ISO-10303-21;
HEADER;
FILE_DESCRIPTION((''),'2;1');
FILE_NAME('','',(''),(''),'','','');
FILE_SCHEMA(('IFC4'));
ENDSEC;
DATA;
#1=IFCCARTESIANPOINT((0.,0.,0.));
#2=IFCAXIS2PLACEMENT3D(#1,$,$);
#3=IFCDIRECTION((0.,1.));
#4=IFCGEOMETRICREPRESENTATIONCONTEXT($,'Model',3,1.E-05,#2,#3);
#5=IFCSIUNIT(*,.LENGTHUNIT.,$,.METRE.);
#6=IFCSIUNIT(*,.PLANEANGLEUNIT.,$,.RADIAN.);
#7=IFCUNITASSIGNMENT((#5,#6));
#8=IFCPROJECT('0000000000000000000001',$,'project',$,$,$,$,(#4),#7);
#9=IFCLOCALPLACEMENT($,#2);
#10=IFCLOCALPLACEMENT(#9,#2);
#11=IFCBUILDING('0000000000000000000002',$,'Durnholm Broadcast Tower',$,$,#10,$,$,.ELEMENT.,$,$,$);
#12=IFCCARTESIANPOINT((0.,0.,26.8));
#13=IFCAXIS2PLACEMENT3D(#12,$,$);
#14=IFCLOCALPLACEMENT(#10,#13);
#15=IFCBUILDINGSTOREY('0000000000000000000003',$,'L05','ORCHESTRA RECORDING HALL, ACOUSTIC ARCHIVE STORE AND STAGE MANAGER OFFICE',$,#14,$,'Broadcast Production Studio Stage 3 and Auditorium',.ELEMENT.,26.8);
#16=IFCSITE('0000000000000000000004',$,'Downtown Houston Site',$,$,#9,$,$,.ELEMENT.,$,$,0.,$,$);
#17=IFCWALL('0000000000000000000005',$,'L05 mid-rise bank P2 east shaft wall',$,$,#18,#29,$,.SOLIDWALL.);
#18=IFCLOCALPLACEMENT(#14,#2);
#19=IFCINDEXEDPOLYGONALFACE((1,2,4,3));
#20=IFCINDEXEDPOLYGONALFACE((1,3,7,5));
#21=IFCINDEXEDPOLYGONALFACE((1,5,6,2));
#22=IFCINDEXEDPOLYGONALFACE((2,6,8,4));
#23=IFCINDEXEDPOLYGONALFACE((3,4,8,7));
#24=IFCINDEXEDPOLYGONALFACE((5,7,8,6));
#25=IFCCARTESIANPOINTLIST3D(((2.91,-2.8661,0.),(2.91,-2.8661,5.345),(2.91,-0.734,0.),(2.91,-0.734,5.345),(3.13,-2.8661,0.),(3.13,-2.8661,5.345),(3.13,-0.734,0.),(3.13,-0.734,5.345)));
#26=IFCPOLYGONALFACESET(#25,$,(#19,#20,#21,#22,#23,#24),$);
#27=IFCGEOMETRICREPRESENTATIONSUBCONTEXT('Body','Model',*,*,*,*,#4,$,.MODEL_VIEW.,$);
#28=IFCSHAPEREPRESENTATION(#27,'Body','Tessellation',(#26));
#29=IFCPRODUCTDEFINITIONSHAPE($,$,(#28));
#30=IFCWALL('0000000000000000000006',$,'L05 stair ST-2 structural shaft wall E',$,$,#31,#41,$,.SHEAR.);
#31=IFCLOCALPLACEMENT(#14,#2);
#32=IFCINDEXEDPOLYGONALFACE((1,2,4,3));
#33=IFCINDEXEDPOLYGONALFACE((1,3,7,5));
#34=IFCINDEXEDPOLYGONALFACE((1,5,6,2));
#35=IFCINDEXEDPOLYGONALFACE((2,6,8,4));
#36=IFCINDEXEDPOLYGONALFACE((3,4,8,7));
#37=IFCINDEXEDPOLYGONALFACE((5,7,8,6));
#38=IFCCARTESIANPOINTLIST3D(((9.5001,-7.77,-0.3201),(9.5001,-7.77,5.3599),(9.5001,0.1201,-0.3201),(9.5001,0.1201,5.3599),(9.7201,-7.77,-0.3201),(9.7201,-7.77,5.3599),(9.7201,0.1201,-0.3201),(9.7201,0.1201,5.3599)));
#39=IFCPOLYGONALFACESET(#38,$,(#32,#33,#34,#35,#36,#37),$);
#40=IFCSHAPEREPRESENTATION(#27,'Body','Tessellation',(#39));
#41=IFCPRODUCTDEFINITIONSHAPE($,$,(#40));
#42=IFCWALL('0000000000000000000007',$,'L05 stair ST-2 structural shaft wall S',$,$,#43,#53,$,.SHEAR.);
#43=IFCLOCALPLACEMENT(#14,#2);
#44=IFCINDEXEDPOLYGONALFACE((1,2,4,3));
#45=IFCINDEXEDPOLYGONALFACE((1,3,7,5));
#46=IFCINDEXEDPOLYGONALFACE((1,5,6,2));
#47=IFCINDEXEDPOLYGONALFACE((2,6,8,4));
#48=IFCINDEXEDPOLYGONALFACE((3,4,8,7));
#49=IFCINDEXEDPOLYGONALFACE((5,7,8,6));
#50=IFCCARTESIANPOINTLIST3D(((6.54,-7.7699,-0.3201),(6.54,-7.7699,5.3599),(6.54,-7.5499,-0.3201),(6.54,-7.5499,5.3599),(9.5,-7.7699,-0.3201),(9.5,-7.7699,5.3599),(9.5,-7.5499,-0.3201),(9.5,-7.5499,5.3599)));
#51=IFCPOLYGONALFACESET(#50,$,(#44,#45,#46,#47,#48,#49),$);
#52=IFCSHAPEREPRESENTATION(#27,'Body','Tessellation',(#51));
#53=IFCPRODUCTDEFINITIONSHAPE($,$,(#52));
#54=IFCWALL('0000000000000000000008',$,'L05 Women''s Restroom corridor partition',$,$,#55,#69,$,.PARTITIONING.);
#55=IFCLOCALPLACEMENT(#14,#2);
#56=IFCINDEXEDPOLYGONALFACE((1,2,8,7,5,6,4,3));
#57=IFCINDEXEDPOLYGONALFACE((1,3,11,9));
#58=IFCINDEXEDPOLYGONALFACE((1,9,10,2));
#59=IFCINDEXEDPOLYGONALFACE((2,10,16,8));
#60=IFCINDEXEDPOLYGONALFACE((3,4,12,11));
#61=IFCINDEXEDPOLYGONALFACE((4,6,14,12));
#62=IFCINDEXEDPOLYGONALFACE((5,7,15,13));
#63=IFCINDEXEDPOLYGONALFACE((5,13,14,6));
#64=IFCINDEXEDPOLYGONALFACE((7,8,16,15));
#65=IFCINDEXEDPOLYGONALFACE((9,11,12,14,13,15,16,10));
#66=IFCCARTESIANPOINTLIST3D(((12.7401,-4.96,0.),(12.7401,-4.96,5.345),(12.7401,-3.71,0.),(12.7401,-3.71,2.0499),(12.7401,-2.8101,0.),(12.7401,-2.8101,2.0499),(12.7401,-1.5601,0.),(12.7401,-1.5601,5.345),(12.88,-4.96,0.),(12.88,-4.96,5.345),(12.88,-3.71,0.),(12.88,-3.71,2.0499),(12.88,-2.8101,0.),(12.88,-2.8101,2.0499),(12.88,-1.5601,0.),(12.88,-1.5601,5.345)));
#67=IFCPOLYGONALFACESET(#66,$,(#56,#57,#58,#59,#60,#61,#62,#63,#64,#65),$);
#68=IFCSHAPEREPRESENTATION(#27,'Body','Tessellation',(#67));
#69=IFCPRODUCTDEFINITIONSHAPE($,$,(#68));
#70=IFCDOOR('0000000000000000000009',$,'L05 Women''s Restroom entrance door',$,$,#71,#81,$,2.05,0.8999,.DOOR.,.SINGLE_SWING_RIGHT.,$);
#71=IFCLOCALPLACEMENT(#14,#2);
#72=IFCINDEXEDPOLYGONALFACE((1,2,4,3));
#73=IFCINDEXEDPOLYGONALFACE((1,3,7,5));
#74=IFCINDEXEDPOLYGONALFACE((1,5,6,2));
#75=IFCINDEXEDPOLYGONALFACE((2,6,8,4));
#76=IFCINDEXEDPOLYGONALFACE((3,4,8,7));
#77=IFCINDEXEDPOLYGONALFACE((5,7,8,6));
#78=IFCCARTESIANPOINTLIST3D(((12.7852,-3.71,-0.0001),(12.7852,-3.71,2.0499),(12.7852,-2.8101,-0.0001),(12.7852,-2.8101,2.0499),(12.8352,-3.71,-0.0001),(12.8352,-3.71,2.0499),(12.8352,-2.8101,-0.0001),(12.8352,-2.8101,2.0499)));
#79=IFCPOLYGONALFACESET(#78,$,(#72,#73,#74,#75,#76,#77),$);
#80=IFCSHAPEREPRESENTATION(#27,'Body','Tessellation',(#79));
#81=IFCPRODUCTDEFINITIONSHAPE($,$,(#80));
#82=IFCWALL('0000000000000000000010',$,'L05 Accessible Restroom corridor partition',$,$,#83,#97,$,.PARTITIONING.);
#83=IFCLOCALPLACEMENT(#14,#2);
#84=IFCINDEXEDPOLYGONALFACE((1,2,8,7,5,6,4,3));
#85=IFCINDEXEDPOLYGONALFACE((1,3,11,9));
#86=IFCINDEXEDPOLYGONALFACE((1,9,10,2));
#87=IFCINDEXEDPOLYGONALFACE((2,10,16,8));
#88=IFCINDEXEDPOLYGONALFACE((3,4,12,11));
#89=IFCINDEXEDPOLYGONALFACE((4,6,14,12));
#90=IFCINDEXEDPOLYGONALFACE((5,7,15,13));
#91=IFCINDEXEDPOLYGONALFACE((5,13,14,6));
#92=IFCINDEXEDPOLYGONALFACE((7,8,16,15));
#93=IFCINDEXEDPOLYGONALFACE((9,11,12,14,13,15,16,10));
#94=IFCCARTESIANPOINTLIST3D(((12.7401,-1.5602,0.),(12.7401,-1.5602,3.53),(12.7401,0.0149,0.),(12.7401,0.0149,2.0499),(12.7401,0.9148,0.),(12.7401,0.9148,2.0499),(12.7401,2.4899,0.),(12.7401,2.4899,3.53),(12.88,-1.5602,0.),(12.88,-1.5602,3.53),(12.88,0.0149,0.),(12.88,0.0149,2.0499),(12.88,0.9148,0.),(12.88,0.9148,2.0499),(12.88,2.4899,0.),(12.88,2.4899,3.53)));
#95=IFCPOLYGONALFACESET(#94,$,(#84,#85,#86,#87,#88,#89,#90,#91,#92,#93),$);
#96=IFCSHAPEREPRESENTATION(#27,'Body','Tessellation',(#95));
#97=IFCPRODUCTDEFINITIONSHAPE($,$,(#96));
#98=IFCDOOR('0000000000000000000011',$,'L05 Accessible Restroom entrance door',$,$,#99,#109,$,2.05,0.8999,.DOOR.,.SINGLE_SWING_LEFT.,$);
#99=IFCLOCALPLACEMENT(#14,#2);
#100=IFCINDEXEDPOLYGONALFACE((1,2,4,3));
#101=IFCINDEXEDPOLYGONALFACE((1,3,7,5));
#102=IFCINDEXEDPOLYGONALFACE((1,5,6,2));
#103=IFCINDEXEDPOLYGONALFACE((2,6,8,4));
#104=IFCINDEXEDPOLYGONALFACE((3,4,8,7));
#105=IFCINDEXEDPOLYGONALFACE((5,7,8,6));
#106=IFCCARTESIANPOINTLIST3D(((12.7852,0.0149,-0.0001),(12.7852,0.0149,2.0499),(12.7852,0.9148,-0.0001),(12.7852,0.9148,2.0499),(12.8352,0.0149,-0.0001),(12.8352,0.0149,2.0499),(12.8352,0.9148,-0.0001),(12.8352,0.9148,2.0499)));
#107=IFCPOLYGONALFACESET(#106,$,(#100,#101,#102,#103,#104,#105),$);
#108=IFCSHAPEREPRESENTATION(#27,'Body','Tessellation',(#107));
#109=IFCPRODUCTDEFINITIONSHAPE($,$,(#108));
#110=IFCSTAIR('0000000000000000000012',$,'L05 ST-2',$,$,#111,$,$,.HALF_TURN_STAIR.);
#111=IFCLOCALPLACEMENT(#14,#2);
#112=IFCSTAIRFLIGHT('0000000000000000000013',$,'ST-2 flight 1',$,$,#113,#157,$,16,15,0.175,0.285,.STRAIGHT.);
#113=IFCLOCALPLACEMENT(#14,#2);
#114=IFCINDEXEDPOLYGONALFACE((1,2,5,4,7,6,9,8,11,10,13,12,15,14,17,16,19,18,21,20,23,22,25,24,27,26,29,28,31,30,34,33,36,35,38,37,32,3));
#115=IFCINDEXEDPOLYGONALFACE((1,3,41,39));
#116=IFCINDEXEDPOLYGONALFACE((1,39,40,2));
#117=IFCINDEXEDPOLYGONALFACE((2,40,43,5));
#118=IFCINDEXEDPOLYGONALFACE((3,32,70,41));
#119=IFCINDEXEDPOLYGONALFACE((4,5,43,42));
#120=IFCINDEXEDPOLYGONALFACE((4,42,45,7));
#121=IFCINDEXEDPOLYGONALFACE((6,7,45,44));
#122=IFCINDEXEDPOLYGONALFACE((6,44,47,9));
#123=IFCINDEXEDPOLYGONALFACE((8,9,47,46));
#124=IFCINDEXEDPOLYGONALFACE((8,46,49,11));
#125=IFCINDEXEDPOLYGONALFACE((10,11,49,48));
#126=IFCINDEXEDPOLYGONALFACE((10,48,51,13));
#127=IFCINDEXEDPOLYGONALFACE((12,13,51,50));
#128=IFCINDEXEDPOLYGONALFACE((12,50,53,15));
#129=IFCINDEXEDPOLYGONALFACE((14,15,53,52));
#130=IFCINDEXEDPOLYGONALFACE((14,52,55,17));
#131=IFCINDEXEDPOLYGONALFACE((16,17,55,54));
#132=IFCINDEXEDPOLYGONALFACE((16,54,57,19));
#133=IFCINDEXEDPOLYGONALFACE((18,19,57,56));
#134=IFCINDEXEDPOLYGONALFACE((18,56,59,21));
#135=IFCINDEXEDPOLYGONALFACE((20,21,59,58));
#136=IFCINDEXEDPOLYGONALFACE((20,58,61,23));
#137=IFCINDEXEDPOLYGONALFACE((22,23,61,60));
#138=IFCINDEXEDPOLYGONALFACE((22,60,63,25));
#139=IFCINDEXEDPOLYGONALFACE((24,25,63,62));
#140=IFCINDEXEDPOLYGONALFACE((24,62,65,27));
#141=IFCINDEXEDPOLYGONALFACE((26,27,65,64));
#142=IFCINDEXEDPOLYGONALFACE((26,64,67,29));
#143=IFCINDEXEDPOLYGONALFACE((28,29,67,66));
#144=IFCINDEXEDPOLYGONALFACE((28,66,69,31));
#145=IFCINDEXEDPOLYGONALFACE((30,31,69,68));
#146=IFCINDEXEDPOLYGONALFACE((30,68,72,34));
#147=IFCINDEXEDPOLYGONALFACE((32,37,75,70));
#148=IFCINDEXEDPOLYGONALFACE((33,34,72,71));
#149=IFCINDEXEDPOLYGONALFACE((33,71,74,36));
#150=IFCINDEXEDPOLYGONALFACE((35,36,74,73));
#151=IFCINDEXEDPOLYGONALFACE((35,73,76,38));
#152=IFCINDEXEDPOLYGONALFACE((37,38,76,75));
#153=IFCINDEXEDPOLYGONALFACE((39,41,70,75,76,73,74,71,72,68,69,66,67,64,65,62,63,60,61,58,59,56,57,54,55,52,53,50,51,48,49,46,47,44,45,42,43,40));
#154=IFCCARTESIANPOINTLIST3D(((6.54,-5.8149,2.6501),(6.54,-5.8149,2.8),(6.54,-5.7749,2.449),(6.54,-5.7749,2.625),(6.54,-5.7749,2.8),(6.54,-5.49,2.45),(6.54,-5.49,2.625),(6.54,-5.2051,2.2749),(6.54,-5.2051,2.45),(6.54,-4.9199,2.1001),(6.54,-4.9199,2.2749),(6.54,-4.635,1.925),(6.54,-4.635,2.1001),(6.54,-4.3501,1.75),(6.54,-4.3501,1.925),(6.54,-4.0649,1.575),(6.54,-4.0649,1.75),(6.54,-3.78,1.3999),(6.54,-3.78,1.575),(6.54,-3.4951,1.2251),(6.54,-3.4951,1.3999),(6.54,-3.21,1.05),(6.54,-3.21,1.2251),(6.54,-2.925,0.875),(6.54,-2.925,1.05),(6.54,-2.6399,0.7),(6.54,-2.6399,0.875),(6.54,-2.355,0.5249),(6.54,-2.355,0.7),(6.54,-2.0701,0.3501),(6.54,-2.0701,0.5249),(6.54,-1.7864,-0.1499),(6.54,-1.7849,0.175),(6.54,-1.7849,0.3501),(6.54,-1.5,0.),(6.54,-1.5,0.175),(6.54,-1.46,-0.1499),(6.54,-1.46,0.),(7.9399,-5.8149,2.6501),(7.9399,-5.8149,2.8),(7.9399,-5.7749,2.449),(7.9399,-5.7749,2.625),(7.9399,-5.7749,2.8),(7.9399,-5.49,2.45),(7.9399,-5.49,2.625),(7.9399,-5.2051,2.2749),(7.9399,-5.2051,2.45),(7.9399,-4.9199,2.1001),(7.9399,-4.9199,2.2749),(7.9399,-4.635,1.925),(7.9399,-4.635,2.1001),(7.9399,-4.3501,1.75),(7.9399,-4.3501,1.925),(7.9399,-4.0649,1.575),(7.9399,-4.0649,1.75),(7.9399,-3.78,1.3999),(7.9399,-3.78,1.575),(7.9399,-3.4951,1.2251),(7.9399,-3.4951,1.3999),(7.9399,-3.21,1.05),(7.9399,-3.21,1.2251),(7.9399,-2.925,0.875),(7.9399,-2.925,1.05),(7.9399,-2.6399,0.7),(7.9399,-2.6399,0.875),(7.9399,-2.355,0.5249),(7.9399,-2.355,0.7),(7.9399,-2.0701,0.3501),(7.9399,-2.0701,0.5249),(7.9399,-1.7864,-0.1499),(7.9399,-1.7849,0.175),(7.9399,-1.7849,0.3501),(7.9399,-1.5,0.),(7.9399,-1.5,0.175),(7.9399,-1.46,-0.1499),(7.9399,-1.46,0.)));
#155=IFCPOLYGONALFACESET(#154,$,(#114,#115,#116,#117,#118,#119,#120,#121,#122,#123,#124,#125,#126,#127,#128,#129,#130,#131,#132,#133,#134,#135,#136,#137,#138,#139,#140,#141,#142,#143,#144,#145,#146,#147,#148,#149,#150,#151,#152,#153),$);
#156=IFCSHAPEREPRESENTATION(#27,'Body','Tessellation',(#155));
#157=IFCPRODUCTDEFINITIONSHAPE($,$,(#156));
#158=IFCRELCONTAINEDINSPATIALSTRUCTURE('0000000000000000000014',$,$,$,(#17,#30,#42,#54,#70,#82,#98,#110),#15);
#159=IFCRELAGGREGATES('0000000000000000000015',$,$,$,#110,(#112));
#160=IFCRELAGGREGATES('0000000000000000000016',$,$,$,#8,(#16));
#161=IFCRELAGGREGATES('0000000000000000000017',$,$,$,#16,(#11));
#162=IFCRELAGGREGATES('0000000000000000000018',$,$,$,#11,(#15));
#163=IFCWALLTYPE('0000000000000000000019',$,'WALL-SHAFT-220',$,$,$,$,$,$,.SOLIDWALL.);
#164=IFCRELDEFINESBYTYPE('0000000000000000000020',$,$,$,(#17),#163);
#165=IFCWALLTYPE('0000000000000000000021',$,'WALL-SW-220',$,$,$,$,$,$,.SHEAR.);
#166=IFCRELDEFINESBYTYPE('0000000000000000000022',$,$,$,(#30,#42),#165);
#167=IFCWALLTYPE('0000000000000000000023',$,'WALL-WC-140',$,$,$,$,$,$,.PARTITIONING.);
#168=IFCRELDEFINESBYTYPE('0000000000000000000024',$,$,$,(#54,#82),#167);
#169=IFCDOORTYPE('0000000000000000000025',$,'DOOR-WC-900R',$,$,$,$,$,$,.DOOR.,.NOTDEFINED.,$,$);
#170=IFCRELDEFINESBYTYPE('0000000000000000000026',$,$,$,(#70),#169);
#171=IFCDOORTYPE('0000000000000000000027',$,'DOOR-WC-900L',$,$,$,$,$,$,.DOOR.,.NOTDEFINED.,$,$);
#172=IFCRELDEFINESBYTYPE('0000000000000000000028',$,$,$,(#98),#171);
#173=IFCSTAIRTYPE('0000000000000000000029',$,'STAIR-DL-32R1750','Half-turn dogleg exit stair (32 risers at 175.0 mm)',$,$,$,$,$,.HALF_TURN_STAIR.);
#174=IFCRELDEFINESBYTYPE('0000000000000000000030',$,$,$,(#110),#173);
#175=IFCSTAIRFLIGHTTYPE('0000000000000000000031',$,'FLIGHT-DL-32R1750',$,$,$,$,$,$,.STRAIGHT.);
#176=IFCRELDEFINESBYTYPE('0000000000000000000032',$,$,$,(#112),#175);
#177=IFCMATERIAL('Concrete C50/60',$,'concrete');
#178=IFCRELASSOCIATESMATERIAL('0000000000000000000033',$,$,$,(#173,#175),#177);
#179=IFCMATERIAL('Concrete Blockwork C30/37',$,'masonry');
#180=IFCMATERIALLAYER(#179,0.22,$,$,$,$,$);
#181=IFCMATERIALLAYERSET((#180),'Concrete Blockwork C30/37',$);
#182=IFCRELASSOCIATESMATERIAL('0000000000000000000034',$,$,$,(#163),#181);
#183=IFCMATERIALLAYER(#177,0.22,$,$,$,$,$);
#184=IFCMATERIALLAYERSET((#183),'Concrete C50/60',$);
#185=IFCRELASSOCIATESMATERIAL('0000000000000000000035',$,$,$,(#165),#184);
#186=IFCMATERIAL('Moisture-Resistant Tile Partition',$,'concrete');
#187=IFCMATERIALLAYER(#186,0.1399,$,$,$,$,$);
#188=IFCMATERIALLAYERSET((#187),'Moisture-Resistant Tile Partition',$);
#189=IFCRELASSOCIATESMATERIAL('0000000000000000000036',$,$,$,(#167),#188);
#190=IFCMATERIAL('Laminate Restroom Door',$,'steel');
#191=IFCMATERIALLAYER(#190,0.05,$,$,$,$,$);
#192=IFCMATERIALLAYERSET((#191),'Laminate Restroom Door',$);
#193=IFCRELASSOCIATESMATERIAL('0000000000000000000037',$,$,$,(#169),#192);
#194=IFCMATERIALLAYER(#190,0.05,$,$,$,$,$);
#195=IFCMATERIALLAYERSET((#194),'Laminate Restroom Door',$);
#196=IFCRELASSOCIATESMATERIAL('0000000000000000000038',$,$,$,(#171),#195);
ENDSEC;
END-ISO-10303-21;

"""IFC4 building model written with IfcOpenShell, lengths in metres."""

from ifc_helpers import new_model, si_unit, direction, frame, frame_2d, origin, place, context, subcontext, project, spatial, polyline, rectangle, outline, extrude, source, transform, mapped, material, layer, layer_set, type_object, type_shapes, element, fill, aggregate, save


model = new_model("IFC4")

# Units and contexts
model_context = context("Model", 3, precision=1e-05, world=origin(), true_north=direction((0.0, 1.0)))
body_context = subcontext(model_context, "Body", "Model", "MODEL_VIEW")
ifc_project = project(units=[si_unit("LENGTHUNIT", "METRE"), si_unit("PLANEANGLEUNIT", "RADIAN")], contexts=[model_context])

# Site, building, storey
site_placement = place(None, origin())
site = spatial("IfcSite", under=ifc_project, at=site_placement, Name="Downtown Houston Site", CompositionType="ELEMENT", RefElevation=0.0)
building_placement = place(site_placement, origin())
building = spatial("IfcBuilding", under=site, at=building_placement, Name="Durnholm Broadcast Tower", CompositionType="ELEMENT")
storey_placement = place(building_placement, frame((0.0, 0.0, 26.8)))
storey = spatial("IfcBuildingStorey", under=building, at=storey_placement, Name="L05", Description="ORCHESTRA RECORDING HALL, ACOUSTIC ARCHIVE STORE AND STAGE MANAGER OFFICE", LongName="Broadcast Production Studio Stage 3 and Auditorium", CompositionType="ELEMENT", Elevation=26.8)

# Shared definitions
ifc_material_1 = material(Name="Concrete C50/60", Category="concrete")

# Shared definitions
stair_type = type_object("IfcStairType", Name="STAIR-DL-32R1750", Description="Half-turn dogleg exit stair (32 risers at 175.0 mm)", PredefinedType="HALF_TURN_STAIR", material=ifc_material_1)

# Walls
ifc_material_2 = material(Name="Concrete Blockwork C30/37", Category="masonry")
ifc_layer_1 = layer(ifc_material_2, 0.22)
ifc_layer_set_1 = layer_set([ifc_layer_1], Name="Concrete Blockwork C30/37")
wall_type_1 = type_object("IfcWallType", Name="WALL-SHAFT-220", PredefinedType="SOLIDWALL", material=ifc_layer_set_1)
wall_1_placement = place(storey_placement, frame((3.02, -2.866, 0.0), z_axis=(0.0, 0.0, 1.0), x_axis=(0.0, 1.0, 0.0)))
element("IfcWall", 1, at=wall_1_placement, inside=storey, type_object=wall_type_1, Name="L05 mid-rise bank P2 east shaft wall", PredefinedType="SOLIDWALL", context=body_context, shape_type="SweptSolid", body=[
    extrude(rectangle(XDim=2.1321, YDim=0.22, at=frame_2d((1.0659, 0.0))), origin(), (0.0, 0.0, 1.0), 5.345),
])
ifc_layer_2 = layer(ifc_material_1, 0.22)
ifc_layer_set_2 = layer_set([ifc_layer_2], Name="Concrete C50/60")
wall_type_2 = type_object("IfcWallType", Name="WALL-SW-220", PredefinedType="SHEAR", material=ifc_layer_set_2)
wall_2_placement = place(storey_placement, frame((9.6101, -7.77, -0.3201), z_axis=(0.0, 0.0, 1.0), x_axis=(0.0, 1.0, 0.0)))
element("IfcWall", 2, at=wall_2_placement, inside=storey, type_object=wall_type_2, Name="L05 stair ST-2 structural shaft wall E", PredefinedType="SHEAR", context=body_context, shape_type="SweptSolid", body=[
    extrude(rectangle(XDim=7.8901, YDim=0.22, at=frame_2d((3.9451, 0.0))), origin(), (0.0, 0.0, 1.0), 5.6799),
])
wall_3_placement = place(storey_placement, frame((6.54, -7.6599, -0.3201), z_axis=(0.0, 0.0, 1.0), x_axis=(1.0, 0.0, 0.0)))
element("IfcWall", 3, at=wall_3_placement, inside=storey, type_object=wall_type_2, Name="L05 stair ST-2 structural shaft wall S", PredefinedType="SHEAR", context=body_context, shape_type="SweptSolid", body=[
    extrude(rectangle(XDim=2.96, YDim=0.22, at=frame_2d((1.48, 0.0))), origin(), (0.0, 0.0, 1.0), 5.6799),
])

# Walls, openings, doors
ifc_material_3 = material(Name="Moisture-Resistant Tile Partition", Category="concrete")
ifc_layer_3 = layer(ifc_material_3, 0.1399)
ifc_layer_set_3 = layer_set([ifc_layer_3], Name="Moisture-Resistant Tile Partition")
wall_type_3 = type_object("IfcWallType", Name="WALL-WC-140", PredefinedType="PARTITIONING", material=ifc_layer_set_3)
wall_4_placement = place(storey_placement, frame((12.8101, -4.96, 0.0), z_axis=(0.0, 0.0, 1.0), x_axis=(0.0, 1.0, 0.0)))
wall_4 = element("IfcWall", 4, at=wall_4_placement, inside=storey, type_object=wall_type_3, Name="L05 Women's Restroom corridor partition", PredefinedType="PARTITIONING", context=body_context, shape_type="SweptSolid", body=[
    extrude(rectangle(XDim=3.3999, YDim=0.1399, at=frame_2d((1.7, 0.0))), origin(), (0.0, 0.0, 1.0), 5.345),
])
opening_1_placement = place(wall_4_placement, frame((1.25, 0.0, 0.0)))
opening_1 = element("IfcOpeningElement", 5, at=opening_1_placement, cuts=wall_4, PredefinedType="OPENING", context=body_context, shape_type="SweptSolid", body=[
    extrude(rectangle(XDim=0.8999, YDim=2.05, at=frame_2d((0.45, 1.0249))), frame((0.0, 0.0801, 0.0), z_axis=(0.0, -1.0, 0.0), x_axis=(1.0, 0.0, 0.0)), (0.0, 0.0, 1.0), 0.1599),
])
ifc_material_4 = material(Name="Laminate Restroom Door", Category="steel")
ifc_layer_4 = layer(ifc_material_4, 0.05)
ifc_layer_set_4 = layer_set([ifc_layer_4], Name="Laminate Restroom Door")
door_type_1 = type_object("IfcDoorType", Name="DOOR-WC-900R", OperationType="NOTDEFINED", PredefinedType="DOOR", material=ifc_layer_set_4)
shared_shape_1 = source(origin(), body_context, "Body", "SweptSolid", [
    extrude(rectangle(XDim=0.8999, YDim=2.05, at=frame_2d((0.45, 1.0249))), frame((0.0, 0.0249, 0.0), z_axis=(0.0, -1.0, 0.0), x_axis=(1.0, 0.0, 0.0)), (0.0, 0.0, 1.0), 0.05),
])
type_shapes(door_type_1, [shared_shape_1])
door_1_placement = place(opening_1_placement, origin())
door_1 = element("IfcDoor", 6, at=door_1_placement, inside=storey, type_object=door_type_1, Name="L05 Women's Restroom entrance door", OperationType="SINGLE_SWING_RIGHT", OverallHeight=2.05, OverallWidth=0.8999, PredefinedType="DOOR", context=body_context, shape_type="MappedRepresentation", body=[
    mapped(shared_shape_1, transform((0.0, 0.0, 0.0), x_axis=(1.0, 0.0, 0.0), y_axis=(0.0, 1.0, 0.0), z_axis=(0.0, 0.0, 1.0), scale=1.0)),
])
fill(opening_1, door_1)
wall_5_placement = place(storey_placement, frame((12.8101, -1.5601, 0.0), z_axis=(0.0, 0.0, 1.0), x_axis=(0.0, 1.0, 0.0)))
wall_5 = element("IfcWall", 7, at=wall_5_placement, inside=storey, type_object=wall_type_3, Name="L05 Accessible Restroom corridor partition", PredefinedType="PARTITIONING", context=body_context, shape_type="SweptSolid", body=[
    extrude(rectangle(XDim=4.05, YDim=0.1399, at=frame_2d((2.0249, 0.0))), origin(), (0.0, 0.0, 1.0), 3.53),
])
opening_2_placement = place(wall_5_placement, frame((1.575, 0.0, 0.0)))
opening_2 = element("IfcOpeningElement", 8, at=opening_2_placement, cuts=wall_5, PredefinedType="OPENING", context=body_context, shape_type="SweptSolid", body=[
    extrude(rectangle(XDim=0.8999, YDim=2.05, at=frame_2d((0.45, 1.0249))), frame((0.0, 0.0801, 0.0), z_axis=(0.0, -1.0, 0.0), x_axis=(1.0, 0.0, 0.0)), (0.0, 0.0, 1.0), 0.1599),
])
ifc_layer_5 = layer(ifc_material_4, 0.05)
ifc_layer_set_5 = layer_set([ifc_layer_5], Name="Laminate Restroom Door")
door_type_2 = type_object("IfcDoorType", Name="DOOR-WC-900L", OperationType="NOTDEFINED", PredefinedType="DOOR", material=ifc_layer_set_5)
shared_shape_2 = source(origin(), body_context, "Body", "SweptSolid", [
    extrude(rectangle(XDim=0.8999, YDim=2.05, at=frame_2d((0.45, 1.0249))), frame((0.0, 0.0249, 0.0), z_axis=(0.0, -1.0, 0.0), x_axis=(1.0, 0.0, 0.0)), (0.0, 0.0, 1.0), 0.05),
])
type_shapes(door_type_2, [shared_shape_2])
door_2_placement = place(opening_2_placement, origin())
door_2 = element("IfcDoor", 9, at=door_2_placement, inside=storey, type_object=door_type_2, Name="L05 Accessible Restroom entrance door", OperationType="SINGLE_SWING_LEFT", OverallHeight=2.05, OverallWidth=0.8999, PredefinedType="DOOR", context=body_context, shape_type="MappedRepresentation", body=[
    mapped(shared_shape_2, transform((0.0, 0.0, 0.0), x_axis=(1.0, 0.0, 0.0), y_axis=(0.0, 1.0, 0.0), z_axis=(0.0, 0.0, 1.0), scale=1.0)),
])
fill(opening_2, door_2)

# Stair, stair flight
stair_1_placement = place(storey_placement, origin())
stair_1 = element("IfcStair", 10, at=stair_1_placement, inside=storey, type_object=stair_type, Name="L05 ST-2", PredefinedType="HALF_TURN_STAIR")
stair_flight_type = type_object("IfcStairFlightType", Name="FLIGHT-DL-32R1750", PredefinedType="STRAIGHT", material=ifc_material_1)
stair_flight_1_placement = place(storey_placement, frame((7.24, -1.5, 0.0), z_axis=(0.0, 0.0, 1.0), x_axis=(0.0, -1.0, 0.0)))
stair_flight_1 = element("IfcStairFlight", 11, at=stair_flight_1_placement, type_object=stair_flight_type, Name="ST-2 flight 1", NumberOfRisers=16, NumberOfTreads=15, PredefinedType="STRAIGHT", RiserHeight=0.175, TreadLength=0.285, context=body_context, shape_type="SweptSolid", body=[
    extrude(outline(polyline([(-0.04, -0.1499), (-0.04, 0.0), (0.0, 0.0), (0.0, 0.175), (0.2849, 0.175), (0.2849, 0.3501), (0.5701, 0.3501), (0.5701, 0.5249), (0.855, 0.5249), (0.855, 0.7), (1.1399, 0.7), (1.1399, 0.875), (1.425, 0.875), (1.425, 1.05), (1.71, 1.05), (1.71, 1.2251), (1.9951, 1.2251), (1.9951, 1.3999), (2.28, 1.3999), (2.28, 1.575), (2.5649, 1.575), (2.5649, 1.75), (2.8501, 1.75), (2.8501, 1.925), (3.135, 1.925), (3.135, 2.1001), (3.4199, 2.1001), (3.4199, 2.2749), (3.7051, 2.2749), (3.7051, 2.45), (3.99, 2.45), (3.99, 2.625), (4.2749, 2.625), (4.2749, 2.8), (4.3149, 2.8), (4.3149, 2.6501), (4.2749, 2.449), (0.2864, -0.1499), (-0.04, -0.1499)])), frame((0.0, 0.7, 0.0), z_axis=(0.0, -1.0, 0.0), x_axis=(1.0, 0.0, 0.0)), (0.0, 0.0, 1.0), 1.3999),
])
aggregate(stair_1, [stair_flight_1])

save(model, "model.ifc")
